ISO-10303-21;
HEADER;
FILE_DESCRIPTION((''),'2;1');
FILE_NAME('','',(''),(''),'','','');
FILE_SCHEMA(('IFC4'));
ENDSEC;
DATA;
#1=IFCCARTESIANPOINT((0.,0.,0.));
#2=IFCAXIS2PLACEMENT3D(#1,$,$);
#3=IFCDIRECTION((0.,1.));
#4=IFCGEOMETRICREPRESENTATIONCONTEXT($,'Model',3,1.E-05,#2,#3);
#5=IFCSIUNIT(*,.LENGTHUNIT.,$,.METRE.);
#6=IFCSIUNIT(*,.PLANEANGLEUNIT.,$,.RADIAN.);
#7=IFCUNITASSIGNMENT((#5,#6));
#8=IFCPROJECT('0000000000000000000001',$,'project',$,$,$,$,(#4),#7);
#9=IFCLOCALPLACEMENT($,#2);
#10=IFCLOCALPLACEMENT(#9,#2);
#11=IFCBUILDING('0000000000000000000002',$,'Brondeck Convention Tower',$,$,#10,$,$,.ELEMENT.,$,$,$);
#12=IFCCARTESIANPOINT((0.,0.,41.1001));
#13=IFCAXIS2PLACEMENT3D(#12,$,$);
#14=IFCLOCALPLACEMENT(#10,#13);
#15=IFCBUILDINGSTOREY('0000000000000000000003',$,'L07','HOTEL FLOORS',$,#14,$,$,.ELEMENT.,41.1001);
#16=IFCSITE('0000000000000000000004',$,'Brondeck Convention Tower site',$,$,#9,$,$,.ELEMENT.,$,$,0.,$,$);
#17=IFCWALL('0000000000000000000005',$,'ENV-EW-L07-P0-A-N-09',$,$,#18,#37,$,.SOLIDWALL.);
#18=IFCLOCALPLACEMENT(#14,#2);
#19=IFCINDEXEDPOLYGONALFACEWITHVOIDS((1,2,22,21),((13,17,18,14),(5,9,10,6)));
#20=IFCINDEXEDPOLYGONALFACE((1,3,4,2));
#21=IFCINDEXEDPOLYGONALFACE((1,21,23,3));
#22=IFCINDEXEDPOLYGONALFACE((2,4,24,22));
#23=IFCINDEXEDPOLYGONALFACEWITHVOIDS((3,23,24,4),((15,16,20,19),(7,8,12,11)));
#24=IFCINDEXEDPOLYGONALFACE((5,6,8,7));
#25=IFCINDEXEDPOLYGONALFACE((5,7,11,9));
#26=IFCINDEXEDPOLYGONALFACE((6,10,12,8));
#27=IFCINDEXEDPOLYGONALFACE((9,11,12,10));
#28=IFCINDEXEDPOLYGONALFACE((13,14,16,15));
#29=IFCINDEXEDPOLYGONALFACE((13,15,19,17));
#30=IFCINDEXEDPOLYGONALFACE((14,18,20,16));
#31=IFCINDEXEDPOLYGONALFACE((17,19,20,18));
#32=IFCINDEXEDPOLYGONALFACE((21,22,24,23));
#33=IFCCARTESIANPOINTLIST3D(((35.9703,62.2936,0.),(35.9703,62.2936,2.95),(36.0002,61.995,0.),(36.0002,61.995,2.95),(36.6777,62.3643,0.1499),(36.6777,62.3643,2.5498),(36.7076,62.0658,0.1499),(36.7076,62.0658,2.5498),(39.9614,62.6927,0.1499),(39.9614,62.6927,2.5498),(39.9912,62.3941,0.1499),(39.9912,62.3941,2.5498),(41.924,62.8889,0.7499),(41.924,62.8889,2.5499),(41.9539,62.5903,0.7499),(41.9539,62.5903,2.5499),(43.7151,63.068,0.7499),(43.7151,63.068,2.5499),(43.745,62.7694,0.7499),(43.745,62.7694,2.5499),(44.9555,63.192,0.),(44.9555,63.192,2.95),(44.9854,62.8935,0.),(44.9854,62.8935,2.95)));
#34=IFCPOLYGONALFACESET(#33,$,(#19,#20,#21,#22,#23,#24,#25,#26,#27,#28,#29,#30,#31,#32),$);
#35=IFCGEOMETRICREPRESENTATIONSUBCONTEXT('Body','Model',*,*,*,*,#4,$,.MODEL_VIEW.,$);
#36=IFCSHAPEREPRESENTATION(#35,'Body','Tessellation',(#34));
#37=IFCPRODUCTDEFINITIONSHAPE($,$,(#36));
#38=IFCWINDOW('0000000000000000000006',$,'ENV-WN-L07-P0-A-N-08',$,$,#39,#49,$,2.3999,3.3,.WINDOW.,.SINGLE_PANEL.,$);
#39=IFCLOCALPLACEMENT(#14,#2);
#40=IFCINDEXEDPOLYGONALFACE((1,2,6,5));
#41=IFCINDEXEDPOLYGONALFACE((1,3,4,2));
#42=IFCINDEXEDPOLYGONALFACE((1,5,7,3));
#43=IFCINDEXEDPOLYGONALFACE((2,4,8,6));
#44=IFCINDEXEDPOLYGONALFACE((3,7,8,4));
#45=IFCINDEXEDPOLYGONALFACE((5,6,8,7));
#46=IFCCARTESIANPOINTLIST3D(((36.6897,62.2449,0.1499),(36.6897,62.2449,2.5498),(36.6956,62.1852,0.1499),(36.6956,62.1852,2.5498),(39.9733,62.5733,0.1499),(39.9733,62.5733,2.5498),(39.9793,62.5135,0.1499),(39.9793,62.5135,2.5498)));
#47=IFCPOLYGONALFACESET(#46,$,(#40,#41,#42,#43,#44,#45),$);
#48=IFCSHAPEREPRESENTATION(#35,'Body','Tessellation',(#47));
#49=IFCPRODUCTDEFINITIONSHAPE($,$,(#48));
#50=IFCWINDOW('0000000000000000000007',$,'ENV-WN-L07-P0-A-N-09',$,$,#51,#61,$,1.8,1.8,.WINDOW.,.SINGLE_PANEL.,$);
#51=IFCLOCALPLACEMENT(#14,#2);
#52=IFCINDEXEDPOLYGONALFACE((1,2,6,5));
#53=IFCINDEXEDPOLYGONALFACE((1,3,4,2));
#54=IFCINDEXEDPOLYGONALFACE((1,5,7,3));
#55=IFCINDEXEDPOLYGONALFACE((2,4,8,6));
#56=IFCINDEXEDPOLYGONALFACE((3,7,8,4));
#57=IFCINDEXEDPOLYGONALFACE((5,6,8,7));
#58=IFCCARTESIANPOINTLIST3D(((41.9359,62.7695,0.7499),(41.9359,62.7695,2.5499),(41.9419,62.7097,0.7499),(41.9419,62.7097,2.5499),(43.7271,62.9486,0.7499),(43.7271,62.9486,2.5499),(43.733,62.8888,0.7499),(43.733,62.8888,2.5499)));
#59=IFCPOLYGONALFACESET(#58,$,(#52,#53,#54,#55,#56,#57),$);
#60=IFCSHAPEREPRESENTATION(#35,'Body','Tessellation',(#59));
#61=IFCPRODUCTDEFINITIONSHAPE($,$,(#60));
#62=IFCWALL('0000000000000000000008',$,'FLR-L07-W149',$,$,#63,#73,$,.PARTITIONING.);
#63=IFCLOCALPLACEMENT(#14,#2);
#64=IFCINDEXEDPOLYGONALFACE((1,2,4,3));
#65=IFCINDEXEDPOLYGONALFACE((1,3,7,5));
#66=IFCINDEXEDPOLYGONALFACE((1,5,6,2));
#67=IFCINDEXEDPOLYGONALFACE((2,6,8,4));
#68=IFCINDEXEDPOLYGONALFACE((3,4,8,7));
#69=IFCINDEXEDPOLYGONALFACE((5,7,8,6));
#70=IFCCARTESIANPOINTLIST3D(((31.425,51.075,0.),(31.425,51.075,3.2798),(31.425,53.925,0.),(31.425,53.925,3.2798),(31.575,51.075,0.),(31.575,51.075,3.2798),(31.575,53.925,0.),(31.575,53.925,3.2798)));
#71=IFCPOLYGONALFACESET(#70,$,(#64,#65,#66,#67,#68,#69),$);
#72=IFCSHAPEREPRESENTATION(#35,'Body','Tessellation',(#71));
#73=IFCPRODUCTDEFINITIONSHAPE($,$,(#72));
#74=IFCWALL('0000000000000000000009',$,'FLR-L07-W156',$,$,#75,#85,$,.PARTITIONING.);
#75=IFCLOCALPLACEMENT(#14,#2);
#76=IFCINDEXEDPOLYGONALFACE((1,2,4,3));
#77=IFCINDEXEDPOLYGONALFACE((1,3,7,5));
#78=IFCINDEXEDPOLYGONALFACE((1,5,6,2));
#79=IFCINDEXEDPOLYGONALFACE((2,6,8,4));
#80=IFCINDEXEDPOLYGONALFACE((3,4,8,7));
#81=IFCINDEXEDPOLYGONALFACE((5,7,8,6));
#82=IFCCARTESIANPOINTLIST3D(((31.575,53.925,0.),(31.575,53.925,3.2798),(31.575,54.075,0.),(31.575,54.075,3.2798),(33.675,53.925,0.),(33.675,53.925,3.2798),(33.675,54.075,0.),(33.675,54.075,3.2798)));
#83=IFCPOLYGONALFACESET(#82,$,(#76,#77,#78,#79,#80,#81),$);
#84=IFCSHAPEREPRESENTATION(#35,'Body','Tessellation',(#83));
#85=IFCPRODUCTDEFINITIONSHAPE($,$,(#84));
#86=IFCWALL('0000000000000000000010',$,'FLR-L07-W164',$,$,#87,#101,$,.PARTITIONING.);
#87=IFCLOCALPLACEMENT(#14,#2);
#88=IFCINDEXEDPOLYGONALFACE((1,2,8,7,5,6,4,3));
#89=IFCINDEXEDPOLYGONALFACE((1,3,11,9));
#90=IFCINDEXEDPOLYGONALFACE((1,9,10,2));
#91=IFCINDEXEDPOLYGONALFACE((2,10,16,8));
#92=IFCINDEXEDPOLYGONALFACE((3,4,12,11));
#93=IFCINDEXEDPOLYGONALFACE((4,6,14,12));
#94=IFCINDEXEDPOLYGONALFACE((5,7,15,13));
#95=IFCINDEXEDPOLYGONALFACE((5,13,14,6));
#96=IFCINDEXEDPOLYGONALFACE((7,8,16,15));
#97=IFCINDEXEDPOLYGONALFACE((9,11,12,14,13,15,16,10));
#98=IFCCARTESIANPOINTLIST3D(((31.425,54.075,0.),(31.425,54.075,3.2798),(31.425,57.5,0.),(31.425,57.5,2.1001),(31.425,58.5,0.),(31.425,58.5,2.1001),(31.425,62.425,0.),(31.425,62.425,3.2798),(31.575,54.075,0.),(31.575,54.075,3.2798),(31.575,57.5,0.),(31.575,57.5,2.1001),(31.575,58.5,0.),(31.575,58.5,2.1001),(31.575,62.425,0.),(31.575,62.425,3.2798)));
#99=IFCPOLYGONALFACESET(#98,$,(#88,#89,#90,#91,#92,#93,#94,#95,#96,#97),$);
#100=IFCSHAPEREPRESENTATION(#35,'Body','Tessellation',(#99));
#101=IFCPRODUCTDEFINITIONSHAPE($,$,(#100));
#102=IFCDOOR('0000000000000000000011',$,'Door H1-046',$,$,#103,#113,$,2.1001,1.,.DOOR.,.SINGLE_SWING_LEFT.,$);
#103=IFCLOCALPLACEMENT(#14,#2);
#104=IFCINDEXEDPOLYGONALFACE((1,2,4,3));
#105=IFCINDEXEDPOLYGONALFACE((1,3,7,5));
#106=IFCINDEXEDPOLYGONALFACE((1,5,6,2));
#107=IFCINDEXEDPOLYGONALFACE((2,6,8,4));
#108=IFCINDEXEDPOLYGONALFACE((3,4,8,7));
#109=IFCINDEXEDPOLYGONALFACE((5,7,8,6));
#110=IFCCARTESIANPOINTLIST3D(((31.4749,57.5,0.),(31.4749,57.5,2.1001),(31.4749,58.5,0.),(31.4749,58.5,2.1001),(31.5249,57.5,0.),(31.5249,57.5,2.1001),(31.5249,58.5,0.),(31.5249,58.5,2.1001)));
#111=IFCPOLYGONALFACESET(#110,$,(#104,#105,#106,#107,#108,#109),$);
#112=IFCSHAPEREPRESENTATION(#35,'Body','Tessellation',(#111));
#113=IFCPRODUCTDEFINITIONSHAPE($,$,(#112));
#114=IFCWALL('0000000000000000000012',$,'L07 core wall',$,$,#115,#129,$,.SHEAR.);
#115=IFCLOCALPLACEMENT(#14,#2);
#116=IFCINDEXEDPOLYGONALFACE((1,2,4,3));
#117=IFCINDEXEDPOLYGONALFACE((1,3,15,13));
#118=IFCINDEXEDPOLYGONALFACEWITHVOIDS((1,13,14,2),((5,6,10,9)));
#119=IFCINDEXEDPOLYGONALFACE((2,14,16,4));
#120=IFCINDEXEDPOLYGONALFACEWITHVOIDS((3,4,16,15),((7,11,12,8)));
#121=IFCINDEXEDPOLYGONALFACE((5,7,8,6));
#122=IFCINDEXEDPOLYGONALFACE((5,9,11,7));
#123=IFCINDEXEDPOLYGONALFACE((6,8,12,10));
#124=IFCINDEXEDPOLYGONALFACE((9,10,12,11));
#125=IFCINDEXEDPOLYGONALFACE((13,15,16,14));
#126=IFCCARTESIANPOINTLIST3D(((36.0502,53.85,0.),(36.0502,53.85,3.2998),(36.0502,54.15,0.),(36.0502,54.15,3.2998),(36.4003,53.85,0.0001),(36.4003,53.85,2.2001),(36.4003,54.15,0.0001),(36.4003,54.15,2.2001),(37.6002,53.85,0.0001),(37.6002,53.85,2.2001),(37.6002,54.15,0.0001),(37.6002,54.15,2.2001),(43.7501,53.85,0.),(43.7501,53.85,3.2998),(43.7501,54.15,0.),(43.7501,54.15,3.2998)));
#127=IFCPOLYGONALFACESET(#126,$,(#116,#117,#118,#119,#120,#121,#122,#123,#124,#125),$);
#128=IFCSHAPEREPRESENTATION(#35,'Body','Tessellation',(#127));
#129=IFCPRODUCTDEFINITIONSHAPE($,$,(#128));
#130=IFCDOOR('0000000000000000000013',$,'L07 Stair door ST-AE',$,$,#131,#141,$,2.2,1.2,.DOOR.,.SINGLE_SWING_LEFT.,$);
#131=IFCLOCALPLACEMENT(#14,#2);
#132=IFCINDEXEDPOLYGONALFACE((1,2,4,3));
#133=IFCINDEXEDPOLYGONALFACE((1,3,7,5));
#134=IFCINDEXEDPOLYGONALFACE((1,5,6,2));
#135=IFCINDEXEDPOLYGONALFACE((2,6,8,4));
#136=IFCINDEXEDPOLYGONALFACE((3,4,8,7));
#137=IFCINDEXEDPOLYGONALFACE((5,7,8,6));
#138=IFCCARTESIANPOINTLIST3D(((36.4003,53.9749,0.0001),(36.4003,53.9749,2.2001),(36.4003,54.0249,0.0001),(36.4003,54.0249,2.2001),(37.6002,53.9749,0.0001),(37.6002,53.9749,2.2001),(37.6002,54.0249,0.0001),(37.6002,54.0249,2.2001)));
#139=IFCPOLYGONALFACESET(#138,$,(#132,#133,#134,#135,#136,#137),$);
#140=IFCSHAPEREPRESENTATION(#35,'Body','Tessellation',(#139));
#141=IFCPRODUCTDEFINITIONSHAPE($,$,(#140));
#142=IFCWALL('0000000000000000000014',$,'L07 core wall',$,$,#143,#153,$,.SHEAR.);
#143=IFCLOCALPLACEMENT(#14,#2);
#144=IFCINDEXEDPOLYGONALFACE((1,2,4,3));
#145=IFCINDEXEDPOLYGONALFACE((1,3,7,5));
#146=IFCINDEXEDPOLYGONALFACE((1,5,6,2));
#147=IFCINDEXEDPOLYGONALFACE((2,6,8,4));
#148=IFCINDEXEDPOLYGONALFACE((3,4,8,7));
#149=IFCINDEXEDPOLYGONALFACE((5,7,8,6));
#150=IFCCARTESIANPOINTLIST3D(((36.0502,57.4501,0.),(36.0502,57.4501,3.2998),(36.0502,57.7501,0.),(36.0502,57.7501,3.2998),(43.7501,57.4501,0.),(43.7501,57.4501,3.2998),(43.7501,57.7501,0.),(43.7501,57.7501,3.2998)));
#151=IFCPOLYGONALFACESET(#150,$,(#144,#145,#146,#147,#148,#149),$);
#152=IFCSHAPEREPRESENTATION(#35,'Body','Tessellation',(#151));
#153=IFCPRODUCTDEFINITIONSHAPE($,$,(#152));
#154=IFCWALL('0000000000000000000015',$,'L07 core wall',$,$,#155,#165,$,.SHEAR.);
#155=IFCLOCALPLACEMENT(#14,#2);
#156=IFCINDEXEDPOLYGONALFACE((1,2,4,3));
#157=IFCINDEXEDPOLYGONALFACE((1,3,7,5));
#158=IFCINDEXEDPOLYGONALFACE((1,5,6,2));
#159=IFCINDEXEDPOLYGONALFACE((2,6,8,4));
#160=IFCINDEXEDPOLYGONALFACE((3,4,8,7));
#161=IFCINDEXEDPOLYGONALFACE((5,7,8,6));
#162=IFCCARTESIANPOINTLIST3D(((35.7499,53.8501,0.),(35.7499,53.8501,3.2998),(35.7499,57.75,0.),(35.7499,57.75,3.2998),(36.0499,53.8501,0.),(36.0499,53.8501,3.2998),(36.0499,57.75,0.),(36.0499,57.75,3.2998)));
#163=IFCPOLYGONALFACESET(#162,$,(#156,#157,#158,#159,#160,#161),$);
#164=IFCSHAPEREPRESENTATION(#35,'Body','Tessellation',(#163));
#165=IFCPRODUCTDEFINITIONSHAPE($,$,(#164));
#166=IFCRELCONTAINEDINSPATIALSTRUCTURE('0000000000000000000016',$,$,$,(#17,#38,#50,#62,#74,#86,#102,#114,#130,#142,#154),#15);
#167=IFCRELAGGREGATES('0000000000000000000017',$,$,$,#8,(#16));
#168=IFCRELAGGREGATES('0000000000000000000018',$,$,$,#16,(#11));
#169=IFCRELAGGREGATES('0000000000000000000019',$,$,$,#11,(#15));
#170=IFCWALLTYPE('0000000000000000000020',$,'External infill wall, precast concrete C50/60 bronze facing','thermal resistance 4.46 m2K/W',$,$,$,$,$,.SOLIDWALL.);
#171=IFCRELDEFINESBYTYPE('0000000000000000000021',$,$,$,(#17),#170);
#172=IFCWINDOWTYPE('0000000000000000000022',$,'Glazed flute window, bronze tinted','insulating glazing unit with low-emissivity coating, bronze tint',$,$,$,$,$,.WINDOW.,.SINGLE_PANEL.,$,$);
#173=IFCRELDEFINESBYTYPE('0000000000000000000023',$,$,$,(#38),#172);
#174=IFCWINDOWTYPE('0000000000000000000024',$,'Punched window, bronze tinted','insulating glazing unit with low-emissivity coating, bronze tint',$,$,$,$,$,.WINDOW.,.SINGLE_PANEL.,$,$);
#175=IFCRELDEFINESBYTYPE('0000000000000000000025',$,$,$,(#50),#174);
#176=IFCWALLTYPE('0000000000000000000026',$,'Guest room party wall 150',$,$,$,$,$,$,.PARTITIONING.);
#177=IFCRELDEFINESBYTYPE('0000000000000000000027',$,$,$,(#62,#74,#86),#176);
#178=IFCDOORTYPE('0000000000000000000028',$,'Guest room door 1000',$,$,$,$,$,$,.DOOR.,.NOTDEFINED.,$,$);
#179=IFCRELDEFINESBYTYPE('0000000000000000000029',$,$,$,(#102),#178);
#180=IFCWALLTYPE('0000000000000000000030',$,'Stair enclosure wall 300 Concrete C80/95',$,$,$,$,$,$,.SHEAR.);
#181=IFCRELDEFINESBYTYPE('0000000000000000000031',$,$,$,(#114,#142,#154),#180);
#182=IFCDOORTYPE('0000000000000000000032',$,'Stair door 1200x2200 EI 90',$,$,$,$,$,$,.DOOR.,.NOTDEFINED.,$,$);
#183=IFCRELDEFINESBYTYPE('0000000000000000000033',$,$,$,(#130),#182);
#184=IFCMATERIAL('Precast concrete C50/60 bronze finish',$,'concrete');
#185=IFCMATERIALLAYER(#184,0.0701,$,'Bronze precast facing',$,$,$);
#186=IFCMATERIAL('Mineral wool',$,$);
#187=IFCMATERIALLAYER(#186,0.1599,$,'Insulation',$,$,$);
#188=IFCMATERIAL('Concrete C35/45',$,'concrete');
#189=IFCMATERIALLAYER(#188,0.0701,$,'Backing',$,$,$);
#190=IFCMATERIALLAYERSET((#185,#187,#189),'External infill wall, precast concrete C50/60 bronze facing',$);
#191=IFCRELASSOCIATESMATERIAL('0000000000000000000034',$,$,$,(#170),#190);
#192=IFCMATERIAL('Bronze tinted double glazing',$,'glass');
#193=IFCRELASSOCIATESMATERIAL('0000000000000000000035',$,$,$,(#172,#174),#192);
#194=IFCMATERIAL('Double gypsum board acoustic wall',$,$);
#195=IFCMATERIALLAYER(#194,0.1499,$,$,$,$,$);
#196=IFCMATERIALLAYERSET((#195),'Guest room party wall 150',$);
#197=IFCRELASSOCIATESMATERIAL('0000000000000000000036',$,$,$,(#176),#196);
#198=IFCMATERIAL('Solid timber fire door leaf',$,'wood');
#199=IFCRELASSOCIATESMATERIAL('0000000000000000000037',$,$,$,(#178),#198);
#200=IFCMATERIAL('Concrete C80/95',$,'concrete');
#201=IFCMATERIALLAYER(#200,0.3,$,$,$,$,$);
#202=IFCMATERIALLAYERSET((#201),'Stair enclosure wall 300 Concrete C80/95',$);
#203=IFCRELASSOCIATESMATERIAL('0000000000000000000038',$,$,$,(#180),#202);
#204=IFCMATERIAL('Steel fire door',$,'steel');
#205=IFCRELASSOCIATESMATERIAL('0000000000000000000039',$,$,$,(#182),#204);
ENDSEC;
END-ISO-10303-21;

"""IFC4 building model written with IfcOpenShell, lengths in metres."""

from ifc_helpers import new_model, si_unit, direction, frame, frame_2d, origin, place, context, subcontext, project, spatial, rectangle, extrude, material, layer, layer_set, type_object, element, fill, save


model = new_model("IFC4")

# Units and contexts
model_context = context("Model", 3, precision=1e-05, world=origin(), true_north=direction((0.0, 1.0)))
body_context = subcontext(model_context, "Body", "Model", "MODEL_VIEW")
ifc_project = project(units=[si_unit("LENGTHUNIT", "METRE"), si_unit("PLANEANGLEUNIT", "RADIAN")], contexts=[model_context])

# Site, building, storey
site_placement = place(None, origin())
site = spatial("IfcSite", under=ifc_project, at=site_placement, Name="Brondeck Convention Tower site", CompositionType="ELEMENT", RefElevation=0.0)
building_placement = place(site_placement, origin())
building = spatial("IfcBuilding", under=site, at=building_placement, Name="Brondeck Convention Tower", CompositionType="ELEMENT")
storey_placement = place(building_placement, frame((0.0, 0.0, 41.1001)))
storey = spatial("IfcBuildingStorey", under=building, at=storey_placement, Name="L07", Description="HOTEL FLOORS", CompositionType="ELEMENT", Elevation=41.1001)

# Shared definitions
ifc_material_1 = material(Name="Concrete C80/95", Category="concrete")

# Wall, openings, windows
ifc_material_2 = material(Name="Precast concrete C50/60 bronze finish", Category="concrete")
ifc_layer_1 = layer(ifc_material_2, 0.0701, Name="Bronze precast facing")
ifc_material_3 = material(Name="Mineral wool")
ifc_layer_2 = layer(ifc_material_3, 0.1599, Name="Insulation")
ifc_material_4 = material(Name="Concrete C35/45", Category="concrete")
ifc_layer_3 = layer(ifc_material_4, 0.0701, Name="Backing")
ifc_layer_set_1 = layer_set([ifc_layer_1, ifc_layer_2, ifc_layer_3], Name="External infill wall, precast concrete C50/60 bronze facing")
wall_type_1 = type_object("IfcWallType", Name="External infill wall, precast concrete C50/60 bronze facing", Description="thermal resistance 4.46 m2K/W", PredefinedType="SOLIDWALL", material=ifc_layer_set_1)
wall_1_placement = place(storey_placement, frame((35.9851, 62.1443, 0.0), z_axis=(0.0, 0.0, 1.0), x_axis=(0.995038, 0.099496, 0.0)))
wall_1 = element("IfcWall", 1, at=wall_1_placement, inside=storey, type_object=wall_type_1, Name="ENV-EW-L07-P0-A-N-09", PredefinedType="SOLIDWALL", context=body_context, shape_type="SweptSolid", body=[
    extrude(rectangle(XDim=9.03, YDim=0.3, at=frame_2d((4.5151, 0.0))), origin(), (0.0, 0.0, 1.0), 2.95),
])
opening_1_placement = place(wall_1_placement, frame((0.7112, 0.0, 0.1499)))
opening_1 = element("IfcOpeningElement", 2, at=opening_1_placement, cuts=wall_1, PredefinedType="OPENING", context=body_context, shape_type="SweptSolid", body=[
    extrude(rectangle(XDim=3.3, YDim=2.3999, at=frame_2d((1.6499, 1.2))), frame((0.0, 0.1599, 0.0), z_axis=(0.0, -1.0, 0.0), x_axis=(1.0, 0.0, 0.0)), (0.0, 0.0, 1.0), 0.3201),
])
opening_2_placement = place(wall_1_placement, frame((5.9836, 0.0, 0.75)))
opening_2 = element("IfcOpeningElement", 3, at=opening_2_placement, cuts=wall_1, PredefinedType="OPENING", context=body_context, shape_type="SweptSolid", body=[
    extrude(rectangle(XDim=1.8, YDim=1.8, at=frame_2d((0.8999, 0.8999))), frame((0.0, 0.1599, 0.0), z_axis=(0.0, -1.0, 0.0), x_axis=(1.0, 0.0, 0.0)), (0.0, 0.0, 1.0), 0.3201),
])
ifc_material_5 = material(Name="Bronze tinted double glazing", Category="glass")
window_type_1 = type_object("IfcWindowType", Name="Glazed flute window, bronze tinted", Description="insulating glazing unit with low-emissivity coating, bronze tint", PartitioningType="SINGLE_PANEL", PredefinedType="WINDOW", material=ifc_material_5)
window_1_placement = place(opening_1_placement, origin())
window_1 = element("IfcWindow", 4, at=window_1_placement, inside=storey, type_object=window_type_1, Name="ENV-WN-L07-P0-A-N-08", OverallHeight=2.3999, OverallWidth=3.3, PartitioningType="SINGLE_PANEL", PredefinedType="WINDOW", context=body_context, shape_type="SweptSolid", body=[
    extrude(rectangle(XDim=3.3, YDim=2.3999, at=frame_2d((1.6499, 1.2))), frame((0.0, 0.03, 0.0), z_axis=(0.0, -1.0, 0.0), x_axis=(1.0, 0.0, 0.0)), (0.0, 0.0, 1.0), 0.0601),
])
fill(opening_1, window_1)
window_type_2 = type_object("IfcWindowType", Name="Punched window, bronze tinted", Description="insulating glazing unit with low-emissivity coating, bronze tint", PartitioningType="SINGLE_PANEL", PredefinedType="WINDOW", material=ifc_material_5)
window_2_placement = place(opening_2_placement, origin())
window_2 = element("IfcWindow", 5, at=window_2_placement, inside=storey, type_object=window_type_2, Name="ENV-WN-L07-P0-A-N-09", OverallHeight=1.8, OverallWidth=1.8, PartitioningType="SINGLE_PANEL", PredefinedType="WINDOW", context=body_context, shape_type="SweptSolid", body=[
    extrude(rectangle(XDim=1.8, YDim=1.8, at=frame_2d((0.8999, 0.8999))), frame((0.0, 0.03, 0.0), z_axis=(0.0, -1.0, 0.0), x_axis=(1.0, 0.0, 0.0)), (0.0, 0.0, 1.0), 0.0601),
])
fill(opening_2, window_2)

# Walls
ifc_material_6 = material(Name="Double gypsum board acoustic wall")
ifc_layer_4 = layer(ifc_material_6, 0.1499)
ifc_layer_set_2 = layer_set([ifc_layer_4], Name="Guest room party wall 150")
wall_type_2 = type_object("IfcWallType", Name="Guest room party wall 150", PredefinedType="PARTITIONING", material=ifc_layer_set_2)
wall_2_placement = place(storey_placement, frame((31.5, 53.925, 0.0), z_axis=(0.0, 0.0, 1.0), x_axis=(0.0, -1.0, 0.0)))
element("IfcWall", 6, at=wall_2_placement, inside=storey, type_object=wall_type_2, Name="FLR-L07-W149", PredefinedType="PARTITIONING", context=body_context, shape_type="SweptSolid", body=[
    extrude(rectangle(XDim=2.8501, YDim=0.1499, at=frame_2d((1.425, 0.0))), origin(), (0.0, 0.0, 1.0), 3.2798),
])
wall_3_placement = place(storey_placement, frame((33.675, 54.0, 0.0), z_axis=(0.0, 0.0, 1.0), x_axis=(-1.0, 0.0, 0.0)))
element("IfcWall", 7, at=wall_3_placement, inside=storey, type_object=wall_type_2, Name="FLR-L07-W156", PredefinedType="PARTITIONING", context=body_context, shape_type="SweptSolid", body=[
    extrude(rectangle(XDim=2.1001, YDim=0.1499, at=frame_2d((1.05, 0.0))), origin(), (0.0, 0.0, 1.0), 3.2798),
])

# Walls, openings, doors
wall_4_placement = place(storey_placement, frame((31.5, 62.425, 0.0), z_axis=(0.0, 0.0, 1.0), x_axis=(0.0, -1.0, 0.0)))
wall_4 = element("IfcWall", 8, at=wall_4_placement, inside=storey, type_object=wall_type_2, Name="FLR-L07-W164", PredefinedType="PARTITIONING", context=body_context, shape_type="SweptSolid", body=[
    extrude(rectangle(XDim=8.3501, YDim=0.1499, at=frame_2d((4.175, 0.0))), origin(), (0.0, 0.0, 1.0), 3.2798),
])
opening_3_placement = place(wall_4_placement, frame((3.925, 0.0, 0.0)))
opening_3 = element("IfcOpeningElement", 9, at=opening_3_placement, cuts=wall_4, PredefinedType="OPENING", context=body_context, shape_type="SweptSolid", body=[
    extrude(rectangle(XDim=1.0, YDim=2.1001, at=frame_2d((0.5, 1.05))), frame((0.0, 0.085, 0.0), z_axis=(0.0, -1.0, 0.0), x_axis=(1.0, 0.0, 0.0)), (0.0, 0.0, 1.0), 0.1699),
])
ifc_material_7 = material(Name="Solid timber fire door leaf", Category="wood")
door_type_1 = type_object("IfcDoorType", Name="Guest room door 1000", OperationType="NOTDEFINED", PredefinedType="DOOR", material=ifc_material_7)
door_1_placement = place(opening_3_placement, origin())
door_1 = element("IfcDoor", 10, at=door_1_placement, inside=storey, type_object=door_type_1, Name="Door H1-046", OperationType="SINGLE_SWING_LEFT", OverallHeight=2.1001, OverallWidth=1.0, PredefinedType="DOOR", context=body_context, shape_type="SweptSolid", body=[
    extrude(rectangle(XDim=1.0, YDim=2.1001, at=frame_2d((0.5, 1.05))), frame((0.0, 0.0249, 0.0), z_axis=(0.0, -1.0, 0.0), x_axis=(1.0, 0.0, 0.0)), (0.0, 0.0, 1.0), 0.05),
])
fill(opening_3, door_1)
ifc_layer_5 = layer(ifc_material_1, 0.3)
ifc_layer_set_3 = layer_set([ifc_layer_5], Name="Stair enclosure wall 300 Concrete C80/95")
wall_type_3 = type_object("IfcWallType", Name="Stair enclosure wall 300 Concrete C80/95", PredefinedType="SHEAR", material=ifc_layer_set_3)
wall_5_placement = place(storey_placement, frame((36.05, 54.0, 0.0), z_axis=(0.0, 0.0, 1.0), x_axis=(1.0, 0.0, 0.0)))
wall_5 = element("IfcWall", 11, at=wall_5_placement, inside=storey, type_object=wall_type_3, Name="L07 core wall", PredefinedType="SHEAR", context=body_context, shape_type="SweptSolid", body=[
    extrude(rectangle(XDim=7.7, YDim=0.3, at=frame_2d((3.8501, 0.0))), origin(), (0.0, 0.0, 1.0), 3.2998),
])
opening_4_placement = place(wall_5_placement, frame((0.3501, 0.0, 0.0)))
opening_4 = element("IfcOpeningElement", 12, at=opening_4_placement, cuts=wall_5, PredefinedType="OPENING", context=body_context, shape_type="SweptSolid", body=[
    extrude(rectangle(XDim=1.2, YDim=2.2, at=frame_2d((0.6001, 1.1001))), frame((0.0, 0.1599, 0.0), z_axis=(0.0, -1.0, 0.0), x_axis=(1.0, 0.0, 0.0)), (0.0, 0.0, 1.0), 0.3201),
])
ifc_material_8 = material(Name="Steel fire door", Category="steel")
door_type_2 = type_object("IfcDoorType", Name="Stair door 1200x2200 EI 90", OperationType="NOTDEFINED", PredefinedType="DOOR", material=ifc_material_8)
door_2_placement = place(opening_4_placement, origin())
door_2 = element("IfcDoor", 13, at=door_2_placement, inside=storey, type_object=door_type_2, Name="L07 Stair door ST-AE", OperationType="SINGLE_SWING_LEFT", OverallHeight=2.2, OverallWidth=1.2, PredefinedType="DOOR", context=body_context, shape_type="SweptSolid", body=[
    extrude(rectangle(XDim=1.2, YDim=2.2, at=frame_2d((0.6001, 1.1001))), frame((0.0, 0.0249, 0.0), z_axis=(0.0, -1.0, 0.0), x_axis=(1.0, 0.0, 0.0)), (0.0, 0.0, 1.0), 0.05),
])
fill(opening_4, door_2)

# Walls
wall_6_placement = place(storey_placement, frame((36.05, 57.6001, 0.0), z_axis=(0.0, 0.0, 1.0), x_axis=(1.0, 0.0, 0.0)))
element("IfcWall", 14, at=wall_6_placement, inside=storey, type_object=wall_type_3, Name="L07 core wall", PredefinedType="SHEAR", context=body_context, shape_type="SweptSolid", body=[
    extrude(rectangle(XDim=7.7, YDim=0.3, at=frame_2d((3.8501, 0.0))), origin(), (0.0, 0.0, 1.0), 3.2998),
])
wall_7_placement = place(storey_placement, frame((35.8999, 53.8501, 0.0), z_axis=(0.0, 0.0, 1.0), x_axis=(0.0, 1.0, 0.0)))
element("IfcWall", 15, at=wall_7_placement, inside=storey, type_object=wall_type_3, Name="L07 core wall", PredefinedType="SHEAR", context=body_context, shape_type="SweptSolid", body=[
    extrude(rectangle(XDim=3.8999, YDim=0.3, at=frame_2d((1.95, 0.0))), origin(), (0.0, 0.0, 1.0), 3.2998),
])

save(model, "model.ifc")
